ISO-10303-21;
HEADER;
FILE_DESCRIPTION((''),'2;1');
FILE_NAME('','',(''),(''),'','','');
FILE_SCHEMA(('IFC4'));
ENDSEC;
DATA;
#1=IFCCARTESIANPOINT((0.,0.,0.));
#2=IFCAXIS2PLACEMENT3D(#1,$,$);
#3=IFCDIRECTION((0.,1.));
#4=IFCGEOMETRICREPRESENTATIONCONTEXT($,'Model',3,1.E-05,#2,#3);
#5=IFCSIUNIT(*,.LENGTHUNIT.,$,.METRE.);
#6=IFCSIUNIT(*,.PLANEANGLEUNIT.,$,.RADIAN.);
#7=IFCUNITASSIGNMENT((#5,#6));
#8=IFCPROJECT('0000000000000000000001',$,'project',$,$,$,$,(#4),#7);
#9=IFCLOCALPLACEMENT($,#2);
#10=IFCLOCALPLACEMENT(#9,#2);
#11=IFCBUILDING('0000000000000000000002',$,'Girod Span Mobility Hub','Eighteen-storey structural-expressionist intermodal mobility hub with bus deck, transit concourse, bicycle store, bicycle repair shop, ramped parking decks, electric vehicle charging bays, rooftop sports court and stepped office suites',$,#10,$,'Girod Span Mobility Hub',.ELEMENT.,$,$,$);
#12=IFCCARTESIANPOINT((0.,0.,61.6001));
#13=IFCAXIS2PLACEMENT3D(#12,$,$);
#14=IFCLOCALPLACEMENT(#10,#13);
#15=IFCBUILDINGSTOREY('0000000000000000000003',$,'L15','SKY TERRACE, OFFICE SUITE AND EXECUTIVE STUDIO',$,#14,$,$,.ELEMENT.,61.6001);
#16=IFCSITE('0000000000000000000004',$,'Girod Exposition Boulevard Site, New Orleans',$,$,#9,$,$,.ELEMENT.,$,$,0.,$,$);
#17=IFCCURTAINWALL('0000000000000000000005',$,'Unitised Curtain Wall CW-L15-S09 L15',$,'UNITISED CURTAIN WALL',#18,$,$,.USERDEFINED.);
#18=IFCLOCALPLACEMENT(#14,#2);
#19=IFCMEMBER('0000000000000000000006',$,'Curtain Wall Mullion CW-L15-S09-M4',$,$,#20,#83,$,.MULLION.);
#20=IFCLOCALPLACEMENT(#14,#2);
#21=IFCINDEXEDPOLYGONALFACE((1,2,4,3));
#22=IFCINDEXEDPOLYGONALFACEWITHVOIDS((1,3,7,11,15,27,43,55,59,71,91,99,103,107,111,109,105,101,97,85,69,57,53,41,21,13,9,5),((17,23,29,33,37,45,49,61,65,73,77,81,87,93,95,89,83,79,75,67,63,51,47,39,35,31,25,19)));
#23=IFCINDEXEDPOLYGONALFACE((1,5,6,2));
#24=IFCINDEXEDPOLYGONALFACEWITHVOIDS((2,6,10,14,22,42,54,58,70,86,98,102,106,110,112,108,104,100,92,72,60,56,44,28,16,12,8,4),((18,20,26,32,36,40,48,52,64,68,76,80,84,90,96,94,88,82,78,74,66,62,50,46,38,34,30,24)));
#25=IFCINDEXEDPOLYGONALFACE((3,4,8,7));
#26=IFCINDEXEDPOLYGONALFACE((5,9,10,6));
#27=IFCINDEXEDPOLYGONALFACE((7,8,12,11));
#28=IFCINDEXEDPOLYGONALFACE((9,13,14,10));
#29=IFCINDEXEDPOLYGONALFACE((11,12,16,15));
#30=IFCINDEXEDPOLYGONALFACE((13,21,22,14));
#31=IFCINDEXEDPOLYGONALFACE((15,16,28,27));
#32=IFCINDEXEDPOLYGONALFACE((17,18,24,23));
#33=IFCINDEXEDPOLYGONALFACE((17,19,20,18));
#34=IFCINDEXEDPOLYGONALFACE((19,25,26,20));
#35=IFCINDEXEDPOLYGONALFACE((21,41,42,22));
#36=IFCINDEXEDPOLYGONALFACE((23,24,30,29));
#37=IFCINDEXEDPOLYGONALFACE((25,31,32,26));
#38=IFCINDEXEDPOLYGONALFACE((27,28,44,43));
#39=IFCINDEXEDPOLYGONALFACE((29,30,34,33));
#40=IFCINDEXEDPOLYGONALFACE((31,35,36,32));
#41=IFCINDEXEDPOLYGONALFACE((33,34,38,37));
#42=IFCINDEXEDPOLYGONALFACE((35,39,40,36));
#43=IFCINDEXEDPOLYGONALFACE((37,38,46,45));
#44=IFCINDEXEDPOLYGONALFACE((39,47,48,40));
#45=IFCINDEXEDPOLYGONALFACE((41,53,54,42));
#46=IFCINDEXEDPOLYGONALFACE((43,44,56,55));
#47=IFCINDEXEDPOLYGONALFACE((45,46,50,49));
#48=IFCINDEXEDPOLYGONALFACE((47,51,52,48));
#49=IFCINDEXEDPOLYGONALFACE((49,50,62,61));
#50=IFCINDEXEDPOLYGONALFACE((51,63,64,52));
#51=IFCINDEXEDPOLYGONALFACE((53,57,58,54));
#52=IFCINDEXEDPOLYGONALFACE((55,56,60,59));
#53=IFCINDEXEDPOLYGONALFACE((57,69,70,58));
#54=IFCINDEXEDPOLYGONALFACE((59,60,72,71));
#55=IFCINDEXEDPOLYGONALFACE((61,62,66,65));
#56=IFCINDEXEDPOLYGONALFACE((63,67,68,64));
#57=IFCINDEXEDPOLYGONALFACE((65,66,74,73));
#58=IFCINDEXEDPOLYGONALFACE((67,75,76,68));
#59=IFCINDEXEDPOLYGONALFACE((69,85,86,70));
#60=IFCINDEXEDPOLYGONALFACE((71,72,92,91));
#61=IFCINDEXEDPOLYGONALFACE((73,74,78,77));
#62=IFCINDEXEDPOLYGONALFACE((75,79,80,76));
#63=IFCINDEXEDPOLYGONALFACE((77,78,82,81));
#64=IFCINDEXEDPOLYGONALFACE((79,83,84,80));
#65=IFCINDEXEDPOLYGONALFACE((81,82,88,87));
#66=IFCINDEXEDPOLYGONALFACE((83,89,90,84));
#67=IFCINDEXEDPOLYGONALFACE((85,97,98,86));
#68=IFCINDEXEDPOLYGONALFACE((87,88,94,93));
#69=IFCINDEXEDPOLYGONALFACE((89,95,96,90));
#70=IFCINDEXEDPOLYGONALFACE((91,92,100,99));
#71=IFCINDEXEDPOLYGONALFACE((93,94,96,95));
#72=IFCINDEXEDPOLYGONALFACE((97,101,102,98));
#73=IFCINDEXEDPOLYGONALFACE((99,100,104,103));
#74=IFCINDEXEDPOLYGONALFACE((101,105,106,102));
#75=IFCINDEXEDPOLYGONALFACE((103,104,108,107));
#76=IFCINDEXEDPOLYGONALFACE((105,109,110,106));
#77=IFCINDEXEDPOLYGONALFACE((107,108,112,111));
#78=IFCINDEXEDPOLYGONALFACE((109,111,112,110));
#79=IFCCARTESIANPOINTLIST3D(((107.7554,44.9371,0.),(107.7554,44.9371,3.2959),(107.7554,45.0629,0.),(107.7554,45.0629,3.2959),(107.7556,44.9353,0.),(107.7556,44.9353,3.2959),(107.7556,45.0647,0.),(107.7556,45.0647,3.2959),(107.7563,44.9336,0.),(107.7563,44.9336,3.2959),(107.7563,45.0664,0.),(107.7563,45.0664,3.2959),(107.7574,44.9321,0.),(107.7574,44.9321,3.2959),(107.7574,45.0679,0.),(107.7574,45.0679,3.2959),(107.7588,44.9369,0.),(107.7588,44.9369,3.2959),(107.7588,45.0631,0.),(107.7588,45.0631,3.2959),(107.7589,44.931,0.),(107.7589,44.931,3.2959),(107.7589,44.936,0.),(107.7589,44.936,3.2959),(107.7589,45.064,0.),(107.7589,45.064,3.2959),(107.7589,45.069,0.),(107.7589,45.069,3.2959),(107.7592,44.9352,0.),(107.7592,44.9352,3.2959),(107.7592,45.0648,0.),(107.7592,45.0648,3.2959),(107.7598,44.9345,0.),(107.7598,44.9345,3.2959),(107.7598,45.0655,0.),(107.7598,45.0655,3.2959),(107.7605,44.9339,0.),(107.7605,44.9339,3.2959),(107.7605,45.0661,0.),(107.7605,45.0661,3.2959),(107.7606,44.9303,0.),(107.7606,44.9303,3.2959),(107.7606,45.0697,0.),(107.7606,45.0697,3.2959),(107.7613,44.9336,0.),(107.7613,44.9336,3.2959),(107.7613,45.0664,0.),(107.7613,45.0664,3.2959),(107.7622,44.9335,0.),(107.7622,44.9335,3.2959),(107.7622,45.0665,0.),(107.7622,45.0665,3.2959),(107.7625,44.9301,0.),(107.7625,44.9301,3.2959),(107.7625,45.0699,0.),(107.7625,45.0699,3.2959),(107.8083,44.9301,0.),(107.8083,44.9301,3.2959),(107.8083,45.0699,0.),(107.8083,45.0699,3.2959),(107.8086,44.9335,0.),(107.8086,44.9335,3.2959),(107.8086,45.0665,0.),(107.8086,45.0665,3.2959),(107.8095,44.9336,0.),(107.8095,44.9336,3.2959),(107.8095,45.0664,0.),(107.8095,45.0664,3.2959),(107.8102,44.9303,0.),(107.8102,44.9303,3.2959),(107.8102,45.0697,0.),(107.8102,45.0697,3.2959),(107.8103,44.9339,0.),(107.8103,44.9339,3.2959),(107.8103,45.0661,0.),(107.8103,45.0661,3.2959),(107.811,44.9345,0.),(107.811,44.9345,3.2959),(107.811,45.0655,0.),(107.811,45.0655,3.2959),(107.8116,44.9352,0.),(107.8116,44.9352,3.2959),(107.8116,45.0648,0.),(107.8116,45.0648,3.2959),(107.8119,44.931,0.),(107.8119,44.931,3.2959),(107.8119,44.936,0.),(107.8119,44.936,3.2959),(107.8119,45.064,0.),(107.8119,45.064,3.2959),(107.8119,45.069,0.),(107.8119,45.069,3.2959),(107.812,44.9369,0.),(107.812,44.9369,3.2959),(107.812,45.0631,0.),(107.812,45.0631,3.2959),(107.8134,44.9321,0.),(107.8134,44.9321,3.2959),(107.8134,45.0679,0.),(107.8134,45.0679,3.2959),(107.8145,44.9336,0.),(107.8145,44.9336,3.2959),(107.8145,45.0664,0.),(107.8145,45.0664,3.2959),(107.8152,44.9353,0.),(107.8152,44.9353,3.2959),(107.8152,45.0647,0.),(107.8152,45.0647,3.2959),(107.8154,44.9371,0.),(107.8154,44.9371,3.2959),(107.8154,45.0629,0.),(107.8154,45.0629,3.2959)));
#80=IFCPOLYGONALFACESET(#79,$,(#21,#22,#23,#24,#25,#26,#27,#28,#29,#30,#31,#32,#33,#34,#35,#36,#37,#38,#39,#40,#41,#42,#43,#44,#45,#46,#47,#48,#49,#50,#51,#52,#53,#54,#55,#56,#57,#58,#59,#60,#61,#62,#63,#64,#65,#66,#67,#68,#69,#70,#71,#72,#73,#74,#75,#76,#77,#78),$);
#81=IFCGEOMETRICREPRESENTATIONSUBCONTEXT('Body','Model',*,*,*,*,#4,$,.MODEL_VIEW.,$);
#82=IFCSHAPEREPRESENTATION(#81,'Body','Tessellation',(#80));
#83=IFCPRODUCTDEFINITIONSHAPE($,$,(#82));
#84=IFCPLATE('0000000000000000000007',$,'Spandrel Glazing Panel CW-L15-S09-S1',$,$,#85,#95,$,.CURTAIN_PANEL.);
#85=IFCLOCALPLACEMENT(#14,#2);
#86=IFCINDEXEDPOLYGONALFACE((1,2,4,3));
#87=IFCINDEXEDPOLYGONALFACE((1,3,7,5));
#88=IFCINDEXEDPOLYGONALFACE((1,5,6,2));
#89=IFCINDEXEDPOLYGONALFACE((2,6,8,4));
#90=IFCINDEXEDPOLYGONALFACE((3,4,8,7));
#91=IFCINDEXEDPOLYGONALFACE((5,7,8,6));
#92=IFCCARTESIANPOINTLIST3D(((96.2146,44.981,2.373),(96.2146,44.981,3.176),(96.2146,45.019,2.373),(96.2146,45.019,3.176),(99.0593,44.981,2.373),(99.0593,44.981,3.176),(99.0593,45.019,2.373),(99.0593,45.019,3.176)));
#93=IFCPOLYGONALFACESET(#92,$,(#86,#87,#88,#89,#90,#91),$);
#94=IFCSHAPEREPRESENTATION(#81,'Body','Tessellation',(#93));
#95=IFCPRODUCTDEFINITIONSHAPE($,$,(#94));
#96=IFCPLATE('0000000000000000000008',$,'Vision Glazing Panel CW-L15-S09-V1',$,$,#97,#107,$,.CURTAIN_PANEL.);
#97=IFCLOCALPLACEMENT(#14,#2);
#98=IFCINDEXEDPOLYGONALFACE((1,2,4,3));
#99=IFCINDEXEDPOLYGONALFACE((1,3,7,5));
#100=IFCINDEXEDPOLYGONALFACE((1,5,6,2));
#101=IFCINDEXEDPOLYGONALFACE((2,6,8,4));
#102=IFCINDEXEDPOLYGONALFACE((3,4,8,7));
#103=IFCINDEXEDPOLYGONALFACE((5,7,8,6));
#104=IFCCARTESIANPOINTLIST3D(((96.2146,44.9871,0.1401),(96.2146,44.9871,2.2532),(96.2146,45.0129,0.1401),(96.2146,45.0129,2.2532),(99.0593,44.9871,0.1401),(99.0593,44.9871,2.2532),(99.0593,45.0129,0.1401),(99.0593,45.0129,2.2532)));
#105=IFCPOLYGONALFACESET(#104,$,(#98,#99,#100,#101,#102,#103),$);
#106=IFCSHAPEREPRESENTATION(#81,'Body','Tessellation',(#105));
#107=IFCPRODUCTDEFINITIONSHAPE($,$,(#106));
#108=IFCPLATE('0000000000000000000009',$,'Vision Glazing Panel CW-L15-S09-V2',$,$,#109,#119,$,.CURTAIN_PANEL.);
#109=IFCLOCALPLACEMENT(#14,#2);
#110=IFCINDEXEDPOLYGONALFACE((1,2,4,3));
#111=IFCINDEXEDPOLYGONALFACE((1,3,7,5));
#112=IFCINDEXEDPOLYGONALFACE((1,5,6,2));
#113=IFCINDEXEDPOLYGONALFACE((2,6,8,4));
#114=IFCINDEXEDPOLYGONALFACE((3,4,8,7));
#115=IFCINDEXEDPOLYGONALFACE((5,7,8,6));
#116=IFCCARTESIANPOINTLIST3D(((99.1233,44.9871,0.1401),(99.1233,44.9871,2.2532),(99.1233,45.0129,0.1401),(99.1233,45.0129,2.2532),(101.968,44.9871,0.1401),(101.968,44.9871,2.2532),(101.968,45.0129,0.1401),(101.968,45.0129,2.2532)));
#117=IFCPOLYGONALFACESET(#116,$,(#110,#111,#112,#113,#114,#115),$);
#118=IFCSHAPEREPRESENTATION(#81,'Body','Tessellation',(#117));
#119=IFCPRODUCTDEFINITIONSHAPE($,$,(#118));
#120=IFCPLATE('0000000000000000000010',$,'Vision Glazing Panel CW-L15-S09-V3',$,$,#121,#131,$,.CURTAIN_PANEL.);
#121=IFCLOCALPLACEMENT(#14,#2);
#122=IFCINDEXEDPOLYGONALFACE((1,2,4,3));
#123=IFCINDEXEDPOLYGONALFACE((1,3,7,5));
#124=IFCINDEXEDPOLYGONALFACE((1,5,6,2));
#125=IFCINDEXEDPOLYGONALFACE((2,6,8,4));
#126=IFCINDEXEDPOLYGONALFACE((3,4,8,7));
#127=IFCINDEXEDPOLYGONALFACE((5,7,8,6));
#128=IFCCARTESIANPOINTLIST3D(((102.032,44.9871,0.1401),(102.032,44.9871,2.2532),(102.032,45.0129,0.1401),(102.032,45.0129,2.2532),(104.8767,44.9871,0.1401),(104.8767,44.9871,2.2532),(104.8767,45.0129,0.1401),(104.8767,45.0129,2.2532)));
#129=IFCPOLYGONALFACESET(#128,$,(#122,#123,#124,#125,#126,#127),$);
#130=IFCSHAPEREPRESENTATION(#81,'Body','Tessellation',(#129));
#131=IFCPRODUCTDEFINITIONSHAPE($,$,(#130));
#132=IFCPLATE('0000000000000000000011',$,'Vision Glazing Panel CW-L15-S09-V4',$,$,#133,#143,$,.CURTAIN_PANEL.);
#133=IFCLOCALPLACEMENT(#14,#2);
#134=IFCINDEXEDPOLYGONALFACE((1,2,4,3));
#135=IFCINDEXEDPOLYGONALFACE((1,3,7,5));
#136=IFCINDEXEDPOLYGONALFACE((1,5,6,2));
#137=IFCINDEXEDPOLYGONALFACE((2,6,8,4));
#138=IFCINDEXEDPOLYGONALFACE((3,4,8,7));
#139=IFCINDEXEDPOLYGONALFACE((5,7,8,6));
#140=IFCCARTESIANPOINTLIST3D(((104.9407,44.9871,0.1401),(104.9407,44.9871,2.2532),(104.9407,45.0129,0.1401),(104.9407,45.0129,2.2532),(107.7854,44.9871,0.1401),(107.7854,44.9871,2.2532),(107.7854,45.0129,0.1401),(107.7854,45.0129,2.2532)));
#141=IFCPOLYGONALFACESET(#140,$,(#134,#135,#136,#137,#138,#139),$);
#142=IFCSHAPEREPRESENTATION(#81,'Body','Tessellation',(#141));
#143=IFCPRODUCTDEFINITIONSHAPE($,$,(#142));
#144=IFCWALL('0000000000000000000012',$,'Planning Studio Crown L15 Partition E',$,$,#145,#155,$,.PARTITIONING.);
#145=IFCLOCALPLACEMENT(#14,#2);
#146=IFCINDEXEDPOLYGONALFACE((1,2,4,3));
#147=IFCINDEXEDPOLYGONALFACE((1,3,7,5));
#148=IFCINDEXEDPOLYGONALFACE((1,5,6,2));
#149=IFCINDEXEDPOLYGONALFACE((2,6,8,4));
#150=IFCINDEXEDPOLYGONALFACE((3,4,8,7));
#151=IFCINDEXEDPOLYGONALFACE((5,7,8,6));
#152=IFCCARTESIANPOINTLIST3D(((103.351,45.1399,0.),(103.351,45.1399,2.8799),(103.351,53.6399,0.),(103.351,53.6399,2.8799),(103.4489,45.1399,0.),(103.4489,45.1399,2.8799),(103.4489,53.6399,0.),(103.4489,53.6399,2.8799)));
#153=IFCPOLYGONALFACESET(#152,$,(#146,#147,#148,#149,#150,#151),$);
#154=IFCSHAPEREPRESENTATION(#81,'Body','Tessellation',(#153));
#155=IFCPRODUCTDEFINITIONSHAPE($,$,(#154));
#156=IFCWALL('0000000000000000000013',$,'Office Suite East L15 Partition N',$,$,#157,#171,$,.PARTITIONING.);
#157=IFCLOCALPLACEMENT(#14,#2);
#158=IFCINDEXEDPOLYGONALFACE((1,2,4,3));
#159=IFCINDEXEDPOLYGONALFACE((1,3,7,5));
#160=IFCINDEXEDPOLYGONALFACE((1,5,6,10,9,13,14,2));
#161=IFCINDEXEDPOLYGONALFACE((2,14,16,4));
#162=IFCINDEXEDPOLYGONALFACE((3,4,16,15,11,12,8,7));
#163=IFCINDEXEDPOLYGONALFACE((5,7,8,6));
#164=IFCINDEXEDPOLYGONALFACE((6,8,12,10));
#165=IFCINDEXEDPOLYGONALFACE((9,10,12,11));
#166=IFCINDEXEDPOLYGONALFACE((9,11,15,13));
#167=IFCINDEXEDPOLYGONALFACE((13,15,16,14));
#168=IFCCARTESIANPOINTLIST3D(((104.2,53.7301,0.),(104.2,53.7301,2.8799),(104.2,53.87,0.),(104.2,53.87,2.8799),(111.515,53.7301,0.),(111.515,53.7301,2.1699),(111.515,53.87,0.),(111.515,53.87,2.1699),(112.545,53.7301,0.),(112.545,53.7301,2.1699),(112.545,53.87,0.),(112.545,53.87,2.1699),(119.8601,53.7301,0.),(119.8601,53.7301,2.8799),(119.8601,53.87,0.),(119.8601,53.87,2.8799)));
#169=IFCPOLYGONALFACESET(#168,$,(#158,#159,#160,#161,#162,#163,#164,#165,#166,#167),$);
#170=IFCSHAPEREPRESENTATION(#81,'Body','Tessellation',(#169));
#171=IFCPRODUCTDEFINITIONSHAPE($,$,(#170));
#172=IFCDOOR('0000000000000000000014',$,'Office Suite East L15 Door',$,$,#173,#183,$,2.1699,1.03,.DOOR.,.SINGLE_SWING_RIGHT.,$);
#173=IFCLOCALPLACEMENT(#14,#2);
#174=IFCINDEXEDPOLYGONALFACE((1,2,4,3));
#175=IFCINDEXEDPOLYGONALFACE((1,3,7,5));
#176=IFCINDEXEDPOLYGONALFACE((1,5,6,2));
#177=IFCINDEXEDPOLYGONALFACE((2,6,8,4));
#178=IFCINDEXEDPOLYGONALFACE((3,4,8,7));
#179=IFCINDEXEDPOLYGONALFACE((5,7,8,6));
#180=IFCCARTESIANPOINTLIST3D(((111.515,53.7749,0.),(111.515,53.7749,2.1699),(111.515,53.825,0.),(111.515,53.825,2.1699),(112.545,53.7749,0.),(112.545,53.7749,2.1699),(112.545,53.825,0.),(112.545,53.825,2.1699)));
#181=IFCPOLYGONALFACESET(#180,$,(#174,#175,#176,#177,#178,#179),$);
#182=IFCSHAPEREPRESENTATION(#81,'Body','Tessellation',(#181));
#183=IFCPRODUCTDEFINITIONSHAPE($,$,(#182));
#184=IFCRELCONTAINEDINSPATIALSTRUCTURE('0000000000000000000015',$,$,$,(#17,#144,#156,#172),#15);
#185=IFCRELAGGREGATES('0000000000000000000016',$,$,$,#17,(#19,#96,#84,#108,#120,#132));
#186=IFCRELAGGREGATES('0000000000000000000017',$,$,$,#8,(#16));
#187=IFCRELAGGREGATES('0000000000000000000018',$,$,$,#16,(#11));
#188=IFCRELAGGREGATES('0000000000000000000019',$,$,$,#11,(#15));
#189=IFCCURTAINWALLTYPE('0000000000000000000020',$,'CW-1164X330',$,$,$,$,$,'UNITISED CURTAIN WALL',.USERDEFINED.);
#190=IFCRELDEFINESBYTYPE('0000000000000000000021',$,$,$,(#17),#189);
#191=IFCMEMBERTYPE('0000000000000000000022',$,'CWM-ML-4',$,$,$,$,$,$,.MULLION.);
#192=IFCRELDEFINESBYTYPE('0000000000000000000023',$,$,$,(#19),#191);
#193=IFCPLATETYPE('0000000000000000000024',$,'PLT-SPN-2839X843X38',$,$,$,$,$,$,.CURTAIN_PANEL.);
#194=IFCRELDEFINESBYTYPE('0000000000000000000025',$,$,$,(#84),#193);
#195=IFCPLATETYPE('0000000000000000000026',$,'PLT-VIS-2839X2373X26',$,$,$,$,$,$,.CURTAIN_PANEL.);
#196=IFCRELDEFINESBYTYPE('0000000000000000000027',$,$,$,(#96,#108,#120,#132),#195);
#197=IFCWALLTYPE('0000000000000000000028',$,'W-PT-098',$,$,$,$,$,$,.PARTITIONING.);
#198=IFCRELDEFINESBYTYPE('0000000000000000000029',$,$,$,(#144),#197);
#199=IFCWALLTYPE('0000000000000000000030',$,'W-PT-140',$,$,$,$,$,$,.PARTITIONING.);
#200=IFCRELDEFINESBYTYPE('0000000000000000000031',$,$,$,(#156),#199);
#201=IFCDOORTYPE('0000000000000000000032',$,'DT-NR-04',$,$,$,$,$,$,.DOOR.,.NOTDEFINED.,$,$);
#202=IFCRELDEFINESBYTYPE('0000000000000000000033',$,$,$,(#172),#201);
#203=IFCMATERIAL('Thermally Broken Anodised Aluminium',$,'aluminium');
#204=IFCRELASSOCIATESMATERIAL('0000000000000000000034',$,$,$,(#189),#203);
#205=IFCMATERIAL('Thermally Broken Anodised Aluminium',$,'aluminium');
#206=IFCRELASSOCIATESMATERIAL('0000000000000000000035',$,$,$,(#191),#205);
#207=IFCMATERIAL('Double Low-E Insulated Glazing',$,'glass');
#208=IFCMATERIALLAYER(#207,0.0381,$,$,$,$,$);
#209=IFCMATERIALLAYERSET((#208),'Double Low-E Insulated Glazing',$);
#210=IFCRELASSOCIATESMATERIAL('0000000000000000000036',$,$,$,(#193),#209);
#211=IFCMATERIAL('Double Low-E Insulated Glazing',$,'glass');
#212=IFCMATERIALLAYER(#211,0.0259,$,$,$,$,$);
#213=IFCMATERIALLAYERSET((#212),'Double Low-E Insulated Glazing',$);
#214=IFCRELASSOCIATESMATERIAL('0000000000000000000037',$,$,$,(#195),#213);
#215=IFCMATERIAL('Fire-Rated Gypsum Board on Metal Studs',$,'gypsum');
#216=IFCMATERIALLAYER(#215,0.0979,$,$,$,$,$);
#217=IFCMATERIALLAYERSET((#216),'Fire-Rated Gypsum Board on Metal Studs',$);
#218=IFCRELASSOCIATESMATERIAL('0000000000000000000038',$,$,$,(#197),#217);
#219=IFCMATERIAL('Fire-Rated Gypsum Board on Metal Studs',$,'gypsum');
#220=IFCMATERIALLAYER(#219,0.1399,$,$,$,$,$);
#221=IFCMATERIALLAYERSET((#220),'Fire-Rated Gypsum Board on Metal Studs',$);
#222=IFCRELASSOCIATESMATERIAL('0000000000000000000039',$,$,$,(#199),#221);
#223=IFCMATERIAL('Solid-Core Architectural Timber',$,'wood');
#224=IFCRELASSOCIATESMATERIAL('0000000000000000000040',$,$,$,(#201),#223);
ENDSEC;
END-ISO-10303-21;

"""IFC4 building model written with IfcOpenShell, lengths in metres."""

from ifc_helpers import new_model, si_unit, direction, frame, frame_2d, origin, origin_2d, place, context, subcontext, project, spatial, rectangle, hollow_rectangle, extrude, material, layer, layer_set, material_profile, profile_set, type_object, element, fill, aggregate, save


model = new_model("IFC4")

# Units and contexts
model_context = context("Model", 3, precision=1e-05, world=origin(), true_north=direction((0.0, 1.0)))
body_context = subcontext(model_context, "Body", "Model", "MODEL_VIEW")
ifc_project = project(units=[si_unit("LENGTHUNIT", "METRE"), si_unit("PLANEANGLEUNIT", "RADIAN")], contexts=[model_context])

# Site, building, storey
site_placement = place(None, origin())
site = spatial("IfcSite", under=ifc_project, at=site_placement, Name="Girod Exposition Boulevard Site, New Orleans", CompositionType="ELEMENT", RefElevation=0.0)
building_placement = place(site_placement, origin())
building = spatial("IfcBuilding", under=site, at=building_placement, Name="Girod Span Mobility Hub", Description="Eighteen-storey structural-expressionist intermodal mobility hub with bus deck, transit concourse, bicycle store, bicycle repair shop, ramped parking decks, electric vehicle charging bays, rooftop sports court and stepped office suites", LongName="Girod Span Mobility Hub", CompositionType="ELEMENT")
storey_placement = place(building_placement, frame((0.0, 0.0, 61.6001)))
storey = spatial("IfcBuildingStorey", under=building, at=storey_placement, Name="L15", Description="SKY TERRACE, OFFICE SUITE AND EXECUTIVE STUDIO", CompositionType="ELEMENT", Elevation=61.6001)

# Curtain wall, member, plates
ifc_material_1 = material(Name="Thermally Broken Anodised Aluminium", Category="aluminium")
curtain_wall_type = type_object("IfcCurtainWallType", Name="CW-1164X330", ElementType="UNITISED CURTAIN WALL", PredefinedType="USERDEFINED", material=ifc_material_1)
curtain_wall_placement = place(storey_placement, origin())
curtain_wall = element("IfcCurtainWall", 1, at=curtain_wall_placement, inside=storey, type_object=curtain_wall_type, Name="Unitised Curtain Wall CW-L15-S09 L15", ObjectType="UNITISED CURTAIN WALL", PredefinedType="USERDEFINED")
ifc_material_2 = material(Name="Thermally Broken Anodised Aluminium", Category="aluminium")
ifc_material_profile_1 = material_profile(ifc_material_2, hollow_rectangle(XDim=0.1399, YDim=0.0601, WallThickness=0.0034, InnerFilletRadius=0.0034, OuterFilletRadius=0.0071, at=origin_2d()), Name="CW-ML-60X140")
ifc_profile_set_1 = profile_set([ifc_material_profile_1], Name="Thermally Broken Anodised Aluminium")
member_type = type_object("IfcMemberType", Name="CWM-ML-4", PredefinedType="MULLION", material=ifc_profile_set_1)
member_1_placement = place(storey_placement, frame((107.7854, 45.0, 0.0), z_axis=(0.0, 0.0, 1.0), x_axis=(0.0, 1.0, 0.0)))
member_1 = element("IfcMember", 2, at=member_1_placement, type_object=member_type, Name="Curtain Wall Mullion CW-L15-S09-M4", PredefinedType="MULLION", context=body_context, shape_type="SweptSolid", body=[
    extrude(hollow_rectangle(XDim=0.1399, YDim=0.0601, WallThickness=0.0034, InnerFilletRadius=0.0034, OuterFilletRadius=0.0071, at=origin_2d()), origin(), (0.0, 0.0, 1.0), 3.2959),
])
ifc_material_3 = material(Name="Double Low-E Insulated Glazing", Category="glass")
ifc_layer_1 = layer(ifc_material_3, 0.0381)
ifc_layer_set_1 = layer_set([ifc_layer_1], Name="Double Low-E Insulated Glazing")
plate_type_1 = type_object("IfcPlateType", Name="PLT-SPN-2839X843X38", PredefinedType="CURTAIN_PANEL", material=ifc_layer_set_1)
plate_1_placement = place(storey_placement, frame((97.637, 45.0, 2.373), z_axis=(0.0, 0.0, 1.0), x_axis=(1.0, 0.0, 0.0)))
plate_1 = element("IfcPlate", 3, at=plate_1_placement, type_object=plate_type_1, Name="Spandrel Glazing Panel CW-L15-S09-S1", PredefinedType="CURTAIN_PANEL", context=body_context, shape_type="SweptSolid", body=[
    extrude(rectangle(XDim=2.8447, YDim=0.0381, at=origin_2d()), origin(), (0.0, 0.0, 1.0), 0.803),
])
ifc_material_4 = material(Name="Double Low-E Insulated Glazing", Category="glass")
ifc_layer_2 = layer(ifc_material_4, 0.0259)
ifc_layer_set_2 = layer_set([ifc_layer_2], Name="Double Low-E Insulated Glazing")
plate_type_2 = type_object("IfcPlateType", Name="PLT-VIS-2839X2373X26", PredefinedType="CURTAIN_PANEL", material=ifc_layer_set_2)
plate_2_placement = place(storey_placement, frame((97.637, 45.0, 0.1401), z_axis=(0.0, 0.0, 1.0), x_axis=(1.0, 0.0, 0.0)))
plate_2 = element("IfcPlate", 4, at=plate_2_placement, type_object=plate_type_2, Name="Vision Glazing Panel CW-L15-S09-V1", PredefinedType="CURTAIN_PANEL", context=body_context, shape_type="SweptSolid", body=[
    extrude(rectangle(XDim=2.8447, YDim=0.0259, at=origin_2d()), origin(), (0.0, 0.0, 1.0), 2.113),
])
plate_3_placement = place(storey_placement, frame((100.5457, 45.0, 0.1401), z_axis=(0.0, 0.0, 1.0), x_axis=(1.0, 0.0, 0.0)))
plate_3 = element("IfcPlate", 5, at=plate_3_placement, type_object=plate_type_2, Name="Vision Glazing Panel CW-L15-S09-V2", PredefinedType="CURTAIN_PANEL", context=body_context, shape_type="SweptSolid", body=[
    extrude(rectangle(XDim=2.8447, YDim=0.0259, at=origin_2d()), origin(), (0.0, 0.0, 1.0), 2.113),
])
plate_4_placement = place(storey_placement, frame((103.4543, 45.0, 0.1401), z_axis=(0.0, 0.0, 1.0), x_axis=(1.0, 0.0, 0.0)))
plate_4 = element("IfcPlate", 6, at=plate_4_placement, type_object=plate_type_2, Name="Vision Glazing Panel CW-L15-S09-V3", PredefinedType="CURTAIN_PANEL", context=body_context, shape_type="SweptSolid", body=[
    extrude(rectangle(XDim=2.8447, YDim=0.0259, at=origin_2d()), origin(), (0.0, 0.0, 1.0), 2.113),
])
plate_5_placement = place(storey_placement, frame((106.363, 45.0, 0.1401), z_axis=(0.0, 0.0, 1.0), x_axis=(1.0, 0.0, 0.0)))
plate_5 = element("IfcPlate", 7, at=plate_5_placement, type_object=plate_type_2, Name="Vision Glazing Panel CW-L15-S09-V4", PredefinedType="CURTAIN_PANEL", context=body_context, shape_type="SweptSolid", body=[
    extrude(rectangle(XDim=2.8447, YDim=0.0259, at=origin_2d()), origin(), (0.0, 0.0, 1.0), 2.113),
])
aggregate(curtain_wall, [member_1, plate_2, plate_1, plate_3, plate_4, plate_5])

# Wall
ifc_material_5 = material(Name="Fire-Rated Gypsum Board on Metal Studs", Category="gypsum")
ifc_layer_3 = layer(ifc_material_5, 0.0979)
ifc_layer_set_3 = layer_set([ifc_layer_3], Name="Fire-Rated Gypsum Board on Metal Studs")
wall_type_1 = type_object("IfcWallType", Name="W-PT-098", PredefinedType="PARTITIONING", material=ifc_layer_set_3)
wall_1_placement = place(storey_placement, frame((103.3999, 45.1399, 0.0), z_axis=(0.0, 0.0, 1.0), x_axis=(0.0, 1.0, 0.0)))
element("IfcWall", 8, at=wall_1_placement, inside=storey, type_object=wall_type_1, Name="Planning Studio Crown L15 Partition E", PredefinedType="PARTITIONING", context=body_context, shape_type="SweptSolid", body=[
    extrude(rectangle(XDim=8.5, YDim=0.0979, at=frame_2d((4.25, 0.0))), origin(), (0.0, 0.0, 1.0), 2.8799),
])

# Wall, opening, door
ifc_material_6 = material(Name="Fire-Rated Gypsum Board on Metal Studs", Category="gypsum")
ifc_layer_4 = layer(ifc_material_6, 0.1399)
ifc_layer_set_4 = layer_set([ifc_layer_4], Name="Fire-Rated Gypsum Board on Metal Studs")
wall_type_2 = type_object("IfcWallType", Name="W-PT-140", PredefinedType="PARTITIONING", material=ifc_layer_set_4)
wall_2_placement = place(storey_placement, frame((104.2, 53.8, 0.0), z_axis=(0.0, 0.0, 1.0), x_axis=(1.0, 0.0, 0.0)))
wall_2 = element("IfcWall", 9, at=wall_2_placement, inside=storey, type_object=wall_type_2, Name="Office Suite East L15 Partition N", PredefinedType="PARTITIONING", context=body_context, shape_type="SweptSolid", body=[
    extrude(rectangle(XDim=15.6602, YDim=0.1399, at=frame_2d((7.8301, 0.0))), origin(), (0.0, 0.0, 1.0), 2.8799),
])
opening_placement = place(wall_2_placement, frame((7.3149, 0.0, 0.0)))
opening = element("IfcOpeningElement", 10, at=opening_placement, cuts=wall_2, PredefinedType="OPENING", context=body_context, shape_type="SweptSolid", body=[
    extrude(rectangle(XDim=1.03, YDim=2.1699, at=frame_2d((0.5151, 1.085))), frame((0.0, 0.085, 0.0), z_axis=(0.0, -1.0, 0.0), x_axis=(1.0, 0.0, 0.0)), (0.0, 0.0, 1.0), 0.1699),
])
ifc_material_7 = material(Name="Solid-Core Architectural Timber", Category="wood")
door_type = type_object("IfcDoorType", Name="DT-NR-04", OperationType="NOTDEFINED", PredefinedType="DOOR", material=ifc_material_7)
door_placement = place(opening_placement, origin())
door = element("IfcDoor", 11, at=door_placement, inside=storey, type_object=door_type, Name="Office Suite East L15 Door", OperationType="SINGLE_SWING_RIGHT", OverallHeight=2.1699, OverallWidth=1.03, PredefinedType="DOOR", context=body_context, shape_type="SweptSolid", body=[
    extrude(rectangle(XDim=1.03, YDim=2.1699, at=frame_2d((0.5151, 1.085))), frame((0.0, 0.0249, 0.0), z_axis=(0.0, -1.0, 0.0), x_axis=(1.0, 0.0, 0.0)), (0.0, 0.0, 1.0), 0.05),
])
fill(opening, door)

save(model, "model.ifc")
